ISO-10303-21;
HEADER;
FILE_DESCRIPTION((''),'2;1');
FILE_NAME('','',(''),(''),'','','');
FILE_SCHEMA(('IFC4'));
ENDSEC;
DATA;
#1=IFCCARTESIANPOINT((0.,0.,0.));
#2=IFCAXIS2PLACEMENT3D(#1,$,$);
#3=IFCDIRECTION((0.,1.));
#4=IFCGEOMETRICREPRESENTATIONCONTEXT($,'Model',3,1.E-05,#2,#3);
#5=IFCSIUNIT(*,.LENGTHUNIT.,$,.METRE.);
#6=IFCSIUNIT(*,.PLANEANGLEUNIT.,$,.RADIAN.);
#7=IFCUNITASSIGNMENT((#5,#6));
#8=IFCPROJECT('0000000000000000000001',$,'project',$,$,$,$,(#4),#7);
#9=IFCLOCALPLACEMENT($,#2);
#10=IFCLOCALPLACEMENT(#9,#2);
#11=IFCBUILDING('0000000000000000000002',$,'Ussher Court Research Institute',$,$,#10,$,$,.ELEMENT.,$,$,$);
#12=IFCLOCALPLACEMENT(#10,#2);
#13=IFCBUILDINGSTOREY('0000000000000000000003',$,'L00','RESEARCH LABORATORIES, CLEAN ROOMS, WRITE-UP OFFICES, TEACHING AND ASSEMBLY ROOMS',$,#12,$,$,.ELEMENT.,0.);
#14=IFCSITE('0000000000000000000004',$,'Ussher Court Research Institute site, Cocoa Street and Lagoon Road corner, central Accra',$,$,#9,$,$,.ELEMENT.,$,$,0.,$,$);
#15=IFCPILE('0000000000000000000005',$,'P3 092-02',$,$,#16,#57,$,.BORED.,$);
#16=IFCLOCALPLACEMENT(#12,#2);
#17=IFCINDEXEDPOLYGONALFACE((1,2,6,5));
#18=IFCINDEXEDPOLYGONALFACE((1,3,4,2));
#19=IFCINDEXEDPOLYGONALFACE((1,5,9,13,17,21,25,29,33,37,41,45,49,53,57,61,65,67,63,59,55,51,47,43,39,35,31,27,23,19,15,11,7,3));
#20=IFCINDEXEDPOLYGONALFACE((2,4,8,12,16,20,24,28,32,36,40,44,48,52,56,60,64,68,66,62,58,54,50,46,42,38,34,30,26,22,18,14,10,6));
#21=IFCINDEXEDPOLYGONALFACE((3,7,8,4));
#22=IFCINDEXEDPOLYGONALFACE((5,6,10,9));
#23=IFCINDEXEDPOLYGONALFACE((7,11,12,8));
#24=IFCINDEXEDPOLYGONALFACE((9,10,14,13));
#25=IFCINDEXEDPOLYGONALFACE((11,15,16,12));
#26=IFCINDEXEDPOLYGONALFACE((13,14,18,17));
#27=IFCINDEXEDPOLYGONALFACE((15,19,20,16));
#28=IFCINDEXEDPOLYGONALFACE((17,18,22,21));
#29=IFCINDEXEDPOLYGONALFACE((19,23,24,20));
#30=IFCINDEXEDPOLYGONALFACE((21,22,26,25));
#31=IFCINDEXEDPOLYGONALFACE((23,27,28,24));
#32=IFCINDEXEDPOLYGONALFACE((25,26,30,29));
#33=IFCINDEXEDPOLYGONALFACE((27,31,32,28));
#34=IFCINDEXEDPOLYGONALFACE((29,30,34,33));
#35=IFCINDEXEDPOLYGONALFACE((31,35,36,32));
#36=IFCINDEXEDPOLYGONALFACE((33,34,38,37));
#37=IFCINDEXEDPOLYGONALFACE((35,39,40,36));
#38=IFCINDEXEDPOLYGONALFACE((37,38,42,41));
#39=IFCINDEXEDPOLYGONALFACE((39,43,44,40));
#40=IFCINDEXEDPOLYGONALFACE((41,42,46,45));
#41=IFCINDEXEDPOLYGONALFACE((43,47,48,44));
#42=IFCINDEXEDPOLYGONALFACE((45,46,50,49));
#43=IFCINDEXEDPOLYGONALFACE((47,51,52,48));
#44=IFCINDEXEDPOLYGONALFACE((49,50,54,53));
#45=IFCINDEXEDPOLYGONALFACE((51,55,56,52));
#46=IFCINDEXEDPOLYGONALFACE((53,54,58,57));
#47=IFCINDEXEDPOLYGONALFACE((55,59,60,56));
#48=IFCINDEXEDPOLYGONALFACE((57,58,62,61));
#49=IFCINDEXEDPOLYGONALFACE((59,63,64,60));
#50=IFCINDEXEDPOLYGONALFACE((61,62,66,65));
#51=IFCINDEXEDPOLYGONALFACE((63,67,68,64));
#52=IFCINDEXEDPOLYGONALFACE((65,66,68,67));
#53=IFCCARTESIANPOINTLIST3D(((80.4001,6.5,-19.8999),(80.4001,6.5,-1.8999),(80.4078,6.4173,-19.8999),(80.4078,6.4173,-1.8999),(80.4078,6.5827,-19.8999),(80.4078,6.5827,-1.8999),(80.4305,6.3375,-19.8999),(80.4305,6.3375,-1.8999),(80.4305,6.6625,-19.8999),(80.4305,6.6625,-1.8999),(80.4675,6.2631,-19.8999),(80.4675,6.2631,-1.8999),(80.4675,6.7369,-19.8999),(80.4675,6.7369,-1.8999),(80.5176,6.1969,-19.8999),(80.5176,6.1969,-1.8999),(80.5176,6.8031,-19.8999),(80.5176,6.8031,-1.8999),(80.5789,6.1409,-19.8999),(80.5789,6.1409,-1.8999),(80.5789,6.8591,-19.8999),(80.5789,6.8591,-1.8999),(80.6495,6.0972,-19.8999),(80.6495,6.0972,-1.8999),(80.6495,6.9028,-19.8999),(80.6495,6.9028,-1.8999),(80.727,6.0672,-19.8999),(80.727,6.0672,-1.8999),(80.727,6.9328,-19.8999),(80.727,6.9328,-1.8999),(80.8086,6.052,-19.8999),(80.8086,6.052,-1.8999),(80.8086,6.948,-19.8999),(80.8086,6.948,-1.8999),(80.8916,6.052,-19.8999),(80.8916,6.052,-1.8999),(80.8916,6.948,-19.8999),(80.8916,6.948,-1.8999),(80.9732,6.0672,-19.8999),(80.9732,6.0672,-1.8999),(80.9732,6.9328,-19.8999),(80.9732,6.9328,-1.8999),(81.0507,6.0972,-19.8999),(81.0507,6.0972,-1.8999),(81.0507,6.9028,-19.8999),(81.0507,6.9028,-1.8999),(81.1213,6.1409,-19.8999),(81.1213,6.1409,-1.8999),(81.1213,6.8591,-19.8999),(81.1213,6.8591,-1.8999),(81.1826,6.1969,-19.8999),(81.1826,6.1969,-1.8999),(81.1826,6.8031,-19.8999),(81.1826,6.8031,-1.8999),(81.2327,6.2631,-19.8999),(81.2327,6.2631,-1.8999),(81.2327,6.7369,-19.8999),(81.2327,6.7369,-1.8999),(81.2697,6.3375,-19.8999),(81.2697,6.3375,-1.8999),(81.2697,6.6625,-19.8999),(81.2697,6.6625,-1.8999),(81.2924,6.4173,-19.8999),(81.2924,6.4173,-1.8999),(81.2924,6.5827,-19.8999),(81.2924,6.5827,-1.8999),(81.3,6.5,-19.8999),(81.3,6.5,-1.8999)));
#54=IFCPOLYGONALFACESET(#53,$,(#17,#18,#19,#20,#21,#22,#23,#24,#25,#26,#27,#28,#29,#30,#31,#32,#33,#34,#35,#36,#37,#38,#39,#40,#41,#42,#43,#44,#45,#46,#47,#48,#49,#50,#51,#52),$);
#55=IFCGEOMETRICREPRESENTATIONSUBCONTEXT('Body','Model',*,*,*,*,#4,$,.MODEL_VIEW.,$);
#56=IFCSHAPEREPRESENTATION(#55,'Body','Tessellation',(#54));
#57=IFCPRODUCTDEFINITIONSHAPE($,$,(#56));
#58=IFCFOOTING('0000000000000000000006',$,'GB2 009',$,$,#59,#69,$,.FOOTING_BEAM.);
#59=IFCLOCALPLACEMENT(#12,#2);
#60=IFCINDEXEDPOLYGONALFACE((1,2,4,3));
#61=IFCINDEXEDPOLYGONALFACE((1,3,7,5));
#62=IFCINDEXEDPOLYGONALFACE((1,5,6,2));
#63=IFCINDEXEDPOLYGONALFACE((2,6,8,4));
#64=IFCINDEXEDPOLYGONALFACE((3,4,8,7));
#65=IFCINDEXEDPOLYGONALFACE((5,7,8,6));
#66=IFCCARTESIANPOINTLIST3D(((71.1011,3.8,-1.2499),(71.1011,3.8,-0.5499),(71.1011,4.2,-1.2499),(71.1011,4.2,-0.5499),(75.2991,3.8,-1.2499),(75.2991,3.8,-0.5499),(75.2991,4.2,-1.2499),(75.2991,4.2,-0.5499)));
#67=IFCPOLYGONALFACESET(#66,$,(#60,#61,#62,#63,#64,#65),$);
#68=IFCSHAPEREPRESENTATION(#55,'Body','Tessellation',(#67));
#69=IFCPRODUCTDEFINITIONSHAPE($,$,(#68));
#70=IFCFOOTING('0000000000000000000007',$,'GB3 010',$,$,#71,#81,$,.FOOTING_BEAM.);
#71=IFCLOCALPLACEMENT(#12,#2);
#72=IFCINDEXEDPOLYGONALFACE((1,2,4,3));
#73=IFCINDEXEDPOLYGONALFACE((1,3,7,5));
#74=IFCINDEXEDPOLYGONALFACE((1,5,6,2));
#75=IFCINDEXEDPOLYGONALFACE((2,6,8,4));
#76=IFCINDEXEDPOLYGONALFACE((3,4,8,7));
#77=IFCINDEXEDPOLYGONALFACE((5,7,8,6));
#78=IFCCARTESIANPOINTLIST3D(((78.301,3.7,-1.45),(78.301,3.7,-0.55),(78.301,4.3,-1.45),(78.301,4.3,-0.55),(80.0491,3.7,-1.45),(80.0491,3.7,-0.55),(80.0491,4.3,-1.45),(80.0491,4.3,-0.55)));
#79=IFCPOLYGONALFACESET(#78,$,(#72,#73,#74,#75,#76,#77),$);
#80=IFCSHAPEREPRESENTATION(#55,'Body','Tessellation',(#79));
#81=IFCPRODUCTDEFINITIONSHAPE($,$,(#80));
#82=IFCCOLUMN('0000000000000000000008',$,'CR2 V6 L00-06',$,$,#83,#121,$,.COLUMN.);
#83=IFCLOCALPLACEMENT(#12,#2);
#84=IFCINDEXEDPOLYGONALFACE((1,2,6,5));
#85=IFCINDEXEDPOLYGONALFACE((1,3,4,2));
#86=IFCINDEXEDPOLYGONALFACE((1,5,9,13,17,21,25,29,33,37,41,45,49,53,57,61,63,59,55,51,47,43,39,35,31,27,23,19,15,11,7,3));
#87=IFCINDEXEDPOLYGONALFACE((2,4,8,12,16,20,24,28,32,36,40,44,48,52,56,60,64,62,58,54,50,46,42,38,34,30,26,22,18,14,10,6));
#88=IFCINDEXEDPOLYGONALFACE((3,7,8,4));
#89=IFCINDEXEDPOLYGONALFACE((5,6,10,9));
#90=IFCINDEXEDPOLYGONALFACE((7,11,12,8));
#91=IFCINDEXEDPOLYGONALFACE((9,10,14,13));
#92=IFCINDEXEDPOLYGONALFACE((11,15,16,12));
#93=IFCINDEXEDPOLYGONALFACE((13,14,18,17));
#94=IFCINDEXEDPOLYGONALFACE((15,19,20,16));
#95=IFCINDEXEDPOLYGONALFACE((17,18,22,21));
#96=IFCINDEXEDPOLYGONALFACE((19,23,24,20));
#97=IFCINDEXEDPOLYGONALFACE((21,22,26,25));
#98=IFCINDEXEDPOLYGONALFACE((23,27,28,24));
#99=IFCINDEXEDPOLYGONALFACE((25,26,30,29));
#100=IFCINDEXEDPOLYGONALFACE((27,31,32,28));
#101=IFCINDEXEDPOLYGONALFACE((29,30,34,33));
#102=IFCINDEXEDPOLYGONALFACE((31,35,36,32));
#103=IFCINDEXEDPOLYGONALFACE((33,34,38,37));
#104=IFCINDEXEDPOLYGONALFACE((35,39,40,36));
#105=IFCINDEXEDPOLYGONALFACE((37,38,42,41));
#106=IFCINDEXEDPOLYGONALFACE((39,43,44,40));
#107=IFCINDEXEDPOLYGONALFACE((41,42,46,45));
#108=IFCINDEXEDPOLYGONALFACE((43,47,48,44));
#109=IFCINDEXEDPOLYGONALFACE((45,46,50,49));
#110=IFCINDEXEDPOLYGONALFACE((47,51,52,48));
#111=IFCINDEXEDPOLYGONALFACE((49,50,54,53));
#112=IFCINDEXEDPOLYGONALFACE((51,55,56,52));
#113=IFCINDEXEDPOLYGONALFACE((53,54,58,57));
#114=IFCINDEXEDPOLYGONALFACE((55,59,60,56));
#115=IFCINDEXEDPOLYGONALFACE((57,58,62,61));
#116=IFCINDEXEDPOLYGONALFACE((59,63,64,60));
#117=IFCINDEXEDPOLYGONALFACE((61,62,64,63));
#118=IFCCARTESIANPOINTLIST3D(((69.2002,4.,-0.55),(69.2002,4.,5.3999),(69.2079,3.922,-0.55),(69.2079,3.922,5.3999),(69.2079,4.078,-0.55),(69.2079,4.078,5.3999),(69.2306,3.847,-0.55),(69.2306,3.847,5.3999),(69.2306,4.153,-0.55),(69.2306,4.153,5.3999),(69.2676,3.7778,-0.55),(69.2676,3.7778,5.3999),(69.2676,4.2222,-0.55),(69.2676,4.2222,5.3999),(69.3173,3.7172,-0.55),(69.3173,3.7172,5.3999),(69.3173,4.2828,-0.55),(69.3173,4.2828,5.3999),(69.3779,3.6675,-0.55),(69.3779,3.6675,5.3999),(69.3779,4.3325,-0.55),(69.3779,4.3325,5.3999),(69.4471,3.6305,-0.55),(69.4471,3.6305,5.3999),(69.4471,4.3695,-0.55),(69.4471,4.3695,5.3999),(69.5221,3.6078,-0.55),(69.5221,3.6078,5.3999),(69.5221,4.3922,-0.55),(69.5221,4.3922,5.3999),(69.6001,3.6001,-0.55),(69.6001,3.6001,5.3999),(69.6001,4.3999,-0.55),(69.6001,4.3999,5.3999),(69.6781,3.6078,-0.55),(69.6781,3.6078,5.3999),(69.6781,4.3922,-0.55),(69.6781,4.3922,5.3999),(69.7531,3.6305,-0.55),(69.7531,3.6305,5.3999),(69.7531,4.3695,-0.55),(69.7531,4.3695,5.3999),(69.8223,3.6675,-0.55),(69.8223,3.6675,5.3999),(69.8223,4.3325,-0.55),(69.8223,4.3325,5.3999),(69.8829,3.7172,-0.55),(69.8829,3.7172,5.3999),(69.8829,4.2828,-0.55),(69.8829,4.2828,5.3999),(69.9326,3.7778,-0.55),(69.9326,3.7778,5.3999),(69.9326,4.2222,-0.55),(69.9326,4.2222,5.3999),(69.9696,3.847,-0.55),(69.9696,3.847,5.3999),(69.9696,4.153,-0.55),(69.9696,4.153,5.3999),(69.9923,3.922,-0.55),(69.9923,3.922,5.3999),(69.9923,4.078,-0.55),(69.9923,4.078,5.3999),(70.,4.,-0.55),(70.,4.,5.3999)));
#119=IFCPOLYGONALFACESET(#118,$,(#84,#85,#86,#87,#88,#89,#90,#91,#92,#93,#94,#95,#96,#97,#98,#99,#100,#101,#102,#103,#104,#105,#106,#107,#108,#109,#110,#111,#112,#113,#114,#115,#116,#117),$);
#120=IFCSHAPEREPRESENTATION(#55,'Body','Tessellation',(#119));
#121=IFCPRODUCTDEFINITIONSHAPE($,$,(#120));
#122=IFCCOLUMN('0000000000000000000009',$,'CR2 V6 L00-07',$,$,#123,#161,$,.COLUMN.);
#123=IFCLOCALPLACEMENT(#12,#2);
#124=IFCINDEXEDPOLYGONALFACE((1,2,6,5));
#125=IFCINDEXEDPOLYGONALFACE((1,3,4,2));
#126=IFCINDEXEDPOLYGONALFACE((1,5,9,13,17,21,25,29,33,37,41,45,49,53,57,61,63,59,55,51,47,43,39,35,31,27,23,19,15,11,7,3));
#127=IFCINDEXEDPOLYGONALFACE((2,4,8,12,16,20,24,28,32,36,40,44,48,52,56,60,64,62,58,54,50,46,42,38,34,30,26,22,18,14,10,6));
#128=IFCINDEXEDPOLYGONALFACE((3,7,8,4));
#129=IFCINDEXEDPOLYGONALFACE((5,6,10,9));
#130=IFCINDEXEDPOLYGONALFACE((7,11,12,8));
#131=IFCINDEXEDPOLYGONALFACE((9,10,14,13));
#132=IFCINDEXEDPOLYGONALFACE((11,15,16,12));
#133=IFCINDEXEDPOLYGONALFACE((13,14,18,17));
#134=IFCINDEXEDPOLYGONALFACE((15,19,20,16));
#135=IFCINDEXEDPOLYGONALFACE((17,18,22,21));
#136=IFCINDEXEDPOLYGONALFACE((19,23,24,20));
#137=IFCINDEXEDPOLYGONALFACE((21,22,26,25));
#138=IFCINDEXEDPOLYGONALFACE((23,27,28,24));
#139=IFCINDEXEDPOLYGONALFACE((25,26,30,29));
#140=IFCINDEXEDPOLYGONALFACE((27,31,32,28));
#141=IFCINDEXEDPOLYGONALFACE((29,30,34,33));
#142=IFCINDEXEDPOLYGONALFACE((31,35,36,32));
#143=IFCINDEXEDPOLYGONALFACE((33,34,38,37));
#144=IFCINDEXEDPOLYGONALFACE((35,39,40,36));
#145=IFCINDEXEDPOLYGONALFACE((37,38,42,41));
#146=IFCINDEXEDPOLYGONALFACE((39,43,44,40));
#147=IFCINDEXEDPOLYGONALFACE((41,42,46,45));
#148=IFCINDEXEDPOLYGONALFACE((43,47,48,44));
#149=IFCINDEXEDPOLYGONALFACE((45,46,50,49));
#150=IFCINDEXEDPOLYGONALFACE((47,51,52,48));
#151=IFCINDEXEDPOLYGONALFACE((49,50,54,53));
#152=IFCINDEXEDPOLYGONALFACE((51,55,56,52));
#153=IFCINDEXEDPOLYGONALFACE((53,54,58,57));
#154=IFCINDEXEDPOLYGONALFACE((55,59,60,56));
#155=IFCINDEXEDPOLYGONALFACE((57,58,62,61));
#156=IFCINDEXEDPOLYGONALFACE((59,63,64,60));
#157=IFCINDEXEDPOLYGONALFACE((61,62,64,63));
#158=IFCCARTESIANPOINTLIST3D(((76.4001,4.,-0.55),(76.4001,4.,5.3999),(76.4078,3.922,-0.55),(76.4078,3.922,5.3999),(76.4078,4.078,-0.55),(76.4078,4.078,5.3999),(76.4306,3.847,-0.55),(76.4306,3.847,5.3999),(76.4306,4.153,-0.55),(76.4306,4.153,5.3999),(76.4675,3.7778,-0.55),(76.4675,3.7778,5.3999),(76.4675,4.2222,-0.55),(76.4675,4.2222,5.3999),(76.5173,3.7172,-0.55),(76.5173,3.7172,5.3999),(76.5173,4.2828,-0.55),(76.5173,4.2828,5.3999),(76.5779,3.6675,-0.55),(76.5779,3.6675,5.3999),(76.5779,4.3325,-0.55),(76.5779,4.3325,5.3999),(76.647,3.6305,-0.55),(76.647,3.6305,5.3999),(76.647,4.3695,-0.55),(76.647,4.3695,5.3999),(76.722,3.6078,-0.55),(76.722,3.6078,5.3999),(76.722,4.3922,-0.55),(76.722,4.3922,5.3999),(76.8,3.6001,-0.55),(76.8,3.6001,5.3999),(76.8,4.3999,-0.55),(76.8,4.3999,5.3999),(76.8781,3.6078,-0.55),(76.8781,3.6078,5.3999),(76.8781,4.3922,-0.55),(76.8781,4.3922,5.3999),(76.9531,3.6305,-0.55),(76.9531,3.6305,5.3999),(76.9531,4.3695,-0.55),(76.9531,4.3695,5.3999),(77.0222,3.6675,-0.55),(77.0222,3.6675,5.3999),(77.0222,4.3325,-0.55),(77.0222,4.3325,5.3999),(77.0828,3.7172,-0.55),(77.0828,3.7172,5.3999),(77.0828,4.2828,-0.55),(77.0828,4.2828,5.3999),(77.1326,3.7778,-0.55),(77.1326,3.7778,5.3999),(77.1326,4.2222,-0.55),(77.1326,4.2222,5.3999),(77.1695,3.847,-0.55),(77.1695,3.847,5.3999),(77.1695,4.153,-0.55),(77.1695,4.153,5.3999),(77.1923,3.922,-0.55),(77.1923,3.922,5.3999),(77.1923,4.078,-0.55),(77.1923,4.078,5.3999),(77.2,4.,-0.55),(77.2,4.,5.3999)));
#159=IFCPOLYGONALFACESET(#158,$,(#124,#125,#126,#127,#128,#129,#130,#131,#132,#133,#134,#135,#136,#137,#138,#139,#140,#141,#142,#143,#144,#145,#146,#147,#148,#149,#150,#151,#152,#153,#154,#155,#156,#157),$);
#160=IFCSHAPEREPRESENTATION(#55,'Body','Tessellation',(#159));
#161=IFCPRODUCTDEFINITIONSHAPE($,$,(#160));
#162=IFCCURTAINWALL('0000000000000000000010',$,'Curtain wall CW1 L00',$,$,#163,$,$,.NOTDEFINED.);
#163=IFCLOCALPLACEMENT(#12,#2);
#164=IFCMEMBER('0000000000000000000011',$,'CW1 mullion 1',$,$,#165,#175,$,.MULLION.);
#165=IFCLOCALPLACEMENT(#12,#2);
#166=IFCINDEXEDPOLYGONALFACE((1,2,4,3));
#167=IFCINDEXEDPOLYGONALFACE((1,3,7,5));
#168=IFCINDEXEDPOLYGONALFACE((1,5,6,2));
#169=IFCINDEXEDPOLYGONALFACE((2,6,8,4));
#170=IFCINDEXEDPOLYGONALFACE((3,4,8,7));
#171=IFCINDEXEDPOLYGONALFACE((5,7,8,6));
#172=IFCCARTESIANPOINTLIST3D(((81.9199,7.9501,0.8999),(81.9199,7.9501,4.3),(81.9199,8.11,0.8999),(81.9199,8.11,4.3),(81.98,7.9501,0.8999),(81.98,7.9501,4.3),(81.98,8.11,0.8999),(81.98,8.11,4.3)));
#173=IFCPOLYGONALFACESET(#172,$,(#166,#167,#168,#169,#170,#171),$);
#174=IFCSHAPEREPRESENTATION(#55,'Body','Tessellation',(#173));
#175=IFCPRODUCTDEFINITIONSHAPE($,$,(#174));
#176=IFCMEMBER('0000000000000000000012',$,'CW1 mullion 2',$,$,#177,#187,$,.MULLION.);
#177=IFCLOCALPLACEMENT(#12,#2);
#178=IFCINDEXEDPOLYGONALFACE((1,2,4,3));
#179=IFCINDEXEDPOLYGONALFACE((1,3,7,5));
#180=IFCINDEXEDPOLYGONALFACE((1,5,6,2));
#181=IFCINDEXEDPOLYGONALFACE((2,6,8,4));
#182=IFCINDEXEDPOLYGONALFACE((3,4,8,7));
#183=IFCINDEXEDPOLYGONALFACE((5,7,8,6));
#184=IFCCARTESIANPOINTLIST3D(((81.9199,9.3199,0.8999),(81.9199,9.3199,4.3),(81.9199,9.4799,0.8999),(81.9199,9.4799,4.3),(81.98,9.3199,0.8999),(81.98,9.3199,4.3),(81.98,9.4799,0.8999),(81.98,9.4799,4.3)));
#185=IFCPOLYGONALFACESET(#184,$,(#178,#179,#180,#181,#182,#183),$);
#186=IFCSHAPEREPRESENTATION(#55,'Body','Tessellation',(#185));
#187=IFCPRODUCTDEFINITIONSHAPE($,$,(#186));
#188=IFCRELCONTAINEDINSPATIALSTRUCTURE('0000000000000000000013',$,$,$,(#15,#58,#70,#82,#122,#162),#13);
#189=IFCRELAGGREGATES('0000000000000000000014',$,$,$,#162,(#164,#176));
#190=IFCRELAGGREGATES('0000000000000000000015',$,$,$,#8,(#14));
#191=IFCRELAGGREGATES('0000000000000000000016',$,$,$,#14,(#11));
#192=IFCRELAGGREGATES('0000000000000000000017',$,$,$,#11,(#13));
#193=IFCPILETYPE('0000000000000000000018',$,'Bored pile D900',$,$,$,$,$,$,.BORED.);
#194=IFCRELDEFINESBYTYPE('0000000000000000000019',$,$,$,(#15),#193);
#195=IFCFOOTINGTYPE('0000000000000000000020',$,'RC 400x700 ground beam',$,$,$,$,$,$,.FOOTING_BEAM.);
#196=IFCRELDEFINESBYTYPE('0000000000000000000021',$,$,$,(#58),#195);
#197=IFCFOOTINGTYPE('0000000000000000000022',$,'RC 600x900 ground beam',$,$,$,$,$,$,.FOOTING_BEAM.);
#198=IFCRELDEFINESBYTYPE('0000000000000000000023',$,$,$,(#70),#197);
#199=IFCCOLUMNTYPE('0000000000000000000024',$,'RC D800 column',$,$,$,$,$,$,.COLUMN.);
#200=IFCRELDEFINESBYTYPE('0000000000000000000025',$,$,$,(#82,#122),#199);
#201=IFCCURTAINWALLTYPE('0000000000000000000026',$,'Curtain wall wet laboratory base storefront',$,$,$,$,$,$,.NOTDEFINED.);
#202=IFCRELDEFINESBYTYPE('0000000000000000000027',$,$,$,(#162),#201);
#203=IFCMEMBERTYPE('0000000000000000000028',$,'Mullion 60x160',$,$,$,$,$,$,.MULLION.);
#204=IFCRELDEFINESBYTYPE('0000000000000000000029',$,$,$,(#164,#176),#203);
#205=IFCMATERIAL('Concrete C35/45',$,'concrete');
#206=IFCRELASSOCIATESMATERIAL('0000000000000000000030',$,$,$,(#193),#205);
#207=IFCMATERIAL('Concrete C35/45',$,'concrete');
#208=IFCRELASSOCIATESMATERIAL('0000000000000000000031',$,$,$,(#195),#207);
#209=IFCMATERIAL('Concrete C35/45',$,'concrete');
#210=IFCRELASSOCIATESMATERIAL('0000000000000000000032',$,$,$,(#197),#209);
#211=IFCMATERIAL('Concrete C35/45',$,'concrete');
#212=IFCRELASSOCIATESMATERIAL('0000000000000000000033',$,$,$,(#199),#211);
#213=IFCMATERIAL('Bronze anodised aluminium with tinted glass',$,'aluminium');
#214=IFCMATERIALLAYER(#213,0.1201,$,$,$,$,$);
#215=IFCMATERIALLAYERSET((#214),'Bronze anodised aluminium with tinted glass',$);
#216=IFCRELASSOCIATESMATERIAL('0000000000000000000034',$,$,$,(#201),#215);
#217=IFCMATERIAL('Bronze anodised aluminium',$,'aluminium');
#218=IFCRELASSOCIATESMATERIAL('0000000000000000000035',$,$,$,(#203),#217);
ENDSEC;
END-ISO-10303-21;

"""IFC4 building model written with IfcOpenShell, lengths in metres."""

from ifc_helpers import new_model, si_unit, direction, frame, origin, origin_2d, place, context, subcontext, project, spatial, rectangle, circle, extrude, material, layer, layer_set, material_profile, profile_set, type_object, element, aggregate, save


model = new_model("IFC4")

# Units and contexts
model_context = context("Model", 3, precision=1e-05, world=origin(), true_north=direction((0.0, 1.0)))
body_context = subcontext(model_context, "Body", "Model", "MODEL_VIEW")
ifc_project = project(units=[si_unit("LENGTHUNIT", "METRE"), si_unit("PLANEANGLEUNIT", "RADIAN")], contexts=[model_context])

# Site, building, storey
site_placement = place(None, origin())
site = spatial("IfcSite", under=ifc_project, at=site_placement, Name="Ussher Court Research Institute site, Cocoa Street and Lagoon Road corner, central Accra", CompositionType="ELEMENT", RefElevation=0.0)
building_placement = place(site_placement, origin())
building = spatial("IfcBuilding", under=site, at=building_placement, Name="Ussher Court Research Institute", CompositionType="ELEMENT")
storey_placement = place(building_placement, origin())
storey = spatial("IfcBuildingStorey", under=building, at=storey_placement, Name="L00", Description="RESEARCH LABORATORIES, CLEAN ROOMS, WRITE-UP OFFICES, TEACHING AND ASSEMBLY ROOMS", CompositionType="ELEMENT", Elevation=0.0)

# Pile
ifc_material_1 = material(Name="Concrete C35/45", Category="concrete")
ifc_material_profile_1 = material_profile(ifc_material_1, circle(Radius=0.45, at=origin_2d()), Name="RC D900")
ifc_profile_set_1 = profile_set([ifc_material_profile_1], Name="Concrete C35/45")
pile_type_1 = type_object("IfcPileType", Name="Bored pile D900", PredefinedType="BORED", material=ifc_profile_set_1)
for number, where, z_axis, x_axis, name in (
    (1, (80.8501, 6.5, -1.8999), (0.0, 0.0, -1.0), (1.0, 0.0, 0.0), "P3 092-02"),
):
    element("IfcPile", number, at=place(storey_placement, frame(where, z_axis=z_axis, x_axis=x_axis)), inside=storey, type_object=pile_type_1, Name=name, PredefinedType="BORED", context=body_context, shape_type="SweptSolid", body=[
        extrude(circle(Radius=0.45, at=origin_2d()), origin(), (0.0, 0.0, 1.0), 18.0),
    ])

# Footings
ifc_material_2 = material(Name="Concrete C35/45", Category="concrete")
ifc_material_profile_2 = material_profile(ifc_material_2, rectangle(XDim=0.3999, YDim=0.7, at=origin_2d()), Name="RC 400x700")
ifc_profile_set_2 = profile_set([ifc_material_profile_2], Name="Concrete C35/45")
footing_type_1 = type_object("IfcFootingType", Name="RC 400x700 ground beam", PredefinedType="FOOTING_BEAM", material=ifc_profile_set_2)
footing_1_placement = place(storey_placement, frame((71.1011, 4.0, -0.8999), z_axis=(1.0, 0.0, 0.0), x_axis=(0.0, 1.0, 0.0)))
element("IfcFooting", 2, at=footing_1_placement, inside=storey, type_object=footing_type_1, Name="GB2 009", PredefinedType="FOOTING_BEAM", context=body_context, shape_type="SweptSolid", body=[
    extrude(rectangle(XDim=0.3999, YDim=0.7, at=origin_2d()), origin(), (0.0, 0.0, 1.0), 4.198),
])
ifc_material_3 = material(Name="Concrete C35/45", Category="concrete")
ifc_material_profile_3 = material_profile(ifc_material_3, rectangle(XDim=0.6001, YDim=0.8999, at=origin_2d()), Name="RC 600x900")
ifc_profile_set_3 = profile_set([ifc_material_profile_3], Name="Concrete C35/45")
footing_type_2 = type_object("IfcFootingType", Name="RC 600x900 ground beam", PredefinedType="FOOTING_BEAM", material=ifc_profile_set_3)
footing_2_placement = place(storey_placement, frame((78.301, 4.0, -1.0), z_axis=(1.0, 0.0, 0.0), x_axis=(0.0, 1.0, 0.0)))
element("IfcFooting", 3, at=footing_2_placement, inside=storey, type_object=footing_type_2, Name="GB3 010", PredefinedType="FOOTING_BEAM", context=body_context, shape_type="SweptSolid", body=[
    extrude(rectangle(XDim=0.6001, YDim=0.8999, at=origin_2d()), origin(), (0.0, 0.0, 1.0), 1.748),
])

# Columns
ifc_material_4 = material(Name="Concrete C35/45", Category="concrete")
ifc_material_profile_4 = material_profile(ifc_material_4, circle(Radius=0.3999, at=origin_2d()), Name="RC D800")
ifc_profile_set_4 = profile_set([ifc_material_profile_4], Name="Concrete C35/45")
column_type = type_object("IfcColumnType", Name="RC D800 column", PredefinedType="COLUMN", material=ifc_profile_set_4)
for number, where, z_axis, x_axis, name in (
    (4, (69.6001, 4.0, -0.55), (0.0, 0.0, 1.0), (1.0, 0.0, 0.0), "CR2 V6 L00-06"),
    (5, (76.8, 4.0, -0.55), (0.0, 0.0, 1.0), (1.0, 0.0, 0.0), "CR2 V6 L00-07"),
):
    element("IfcColumn", number, at=place(storey_placement, frame(where, z_axis=z_axis, x_axis=x_axis)), inside=storey, type_object=column_type, Name=name, PredefinedType="COLUMN", context=body_context, shape_type="SweptSolid", body=[
        extrude(circle(Radius=0.3999, at=origin_2d()), origin(), (0.0, 0.0, 1.0), 5.95),
    ])

# Curtain wall, members
ifc_material_5 = material(Name="Bronze anodised aluminium with tinted glass", Category="aluminium")
ifc_layer_1 = layer(ifc_material_5, 0.1201)
ifc_layer_set_1 = layer_set([ifc_layer_1], Name="Bronze anodised aluminium with tinted glass")
curtain_wall_type = type_object("IfcCurtainWallType", Name="Curtain wall wet laboratory base storefront", PredefinedType="NOTDEFINED", material=ifc_layer_set_1)
curtain_wall_placement = place(storey_placement, origin())
curtain_wall = element("IfcCurtainWall", 6, at=curtain_wall_placement, inside=storey, type_object=curtain_wall_type, Name="Curtain wall CW1 L00", PredefinedType="NOTDEFINED")
ifc_material_6 = material(Name="Bronze anodised aluminium", Category="aluminium")
ifc_material_profile_5 = material_profile(ifc_material_6, rectangle(XDim=0.0601, YDim=0.1599, at=origin_2d()), Name="Mullion 60x160")
ifc_profile_set_5 = profile_set([ifc_material_profile_5], Name="Bronze anodised aluminium")
member_type_1 = type_object("IfcMemberType", Name="Mullion 60x160", PredefinedType="MULLION", material=ifc_profile_set_5)
member_1_placement = place(storey_placement, frame((81.95, 8.03, 0.8999), z_axis=(0.0, 0.0, 1.0), x_axis=(-1.0, 0.0, 0.0)))
member_1 = element("IfcMember", 7, at=member_1_placement, type_object=member_type_1, Name="CW1 mullion 1", PredefinedType="MULLION", context=body_context, shape_type="SweptSolid", body=[
    extrude(rectangle(XDim=0.0601, YDim=0.1599, at=origin_2d()), origin(), (0.0, 0.0, 1.0), 3.4001),
])
member_2_placement = place(storey_placement, frame((81.95, 9.3999, 0.8999), z_axis=(0.0, 0.0, 1.0), x_axis=(-1.0, 0.0, 0.0)))
member_2 = element("IfcMember", 8, at=member_2_placement, type_object=member_type_1, Name="CW1 mullion 2", PredefinedType="MULLION", context=body_context, shape_type="SweptSolid", body=[
    extrude(rectangle(XDim=0.0601, YDim=0.1599, at=origin_2d()), origin(), (0.0, 0.0, 1.0), 3.4001),
])
aggregate(curtain_wall, [member_1, member_2])

save(model, "model.ifc")
